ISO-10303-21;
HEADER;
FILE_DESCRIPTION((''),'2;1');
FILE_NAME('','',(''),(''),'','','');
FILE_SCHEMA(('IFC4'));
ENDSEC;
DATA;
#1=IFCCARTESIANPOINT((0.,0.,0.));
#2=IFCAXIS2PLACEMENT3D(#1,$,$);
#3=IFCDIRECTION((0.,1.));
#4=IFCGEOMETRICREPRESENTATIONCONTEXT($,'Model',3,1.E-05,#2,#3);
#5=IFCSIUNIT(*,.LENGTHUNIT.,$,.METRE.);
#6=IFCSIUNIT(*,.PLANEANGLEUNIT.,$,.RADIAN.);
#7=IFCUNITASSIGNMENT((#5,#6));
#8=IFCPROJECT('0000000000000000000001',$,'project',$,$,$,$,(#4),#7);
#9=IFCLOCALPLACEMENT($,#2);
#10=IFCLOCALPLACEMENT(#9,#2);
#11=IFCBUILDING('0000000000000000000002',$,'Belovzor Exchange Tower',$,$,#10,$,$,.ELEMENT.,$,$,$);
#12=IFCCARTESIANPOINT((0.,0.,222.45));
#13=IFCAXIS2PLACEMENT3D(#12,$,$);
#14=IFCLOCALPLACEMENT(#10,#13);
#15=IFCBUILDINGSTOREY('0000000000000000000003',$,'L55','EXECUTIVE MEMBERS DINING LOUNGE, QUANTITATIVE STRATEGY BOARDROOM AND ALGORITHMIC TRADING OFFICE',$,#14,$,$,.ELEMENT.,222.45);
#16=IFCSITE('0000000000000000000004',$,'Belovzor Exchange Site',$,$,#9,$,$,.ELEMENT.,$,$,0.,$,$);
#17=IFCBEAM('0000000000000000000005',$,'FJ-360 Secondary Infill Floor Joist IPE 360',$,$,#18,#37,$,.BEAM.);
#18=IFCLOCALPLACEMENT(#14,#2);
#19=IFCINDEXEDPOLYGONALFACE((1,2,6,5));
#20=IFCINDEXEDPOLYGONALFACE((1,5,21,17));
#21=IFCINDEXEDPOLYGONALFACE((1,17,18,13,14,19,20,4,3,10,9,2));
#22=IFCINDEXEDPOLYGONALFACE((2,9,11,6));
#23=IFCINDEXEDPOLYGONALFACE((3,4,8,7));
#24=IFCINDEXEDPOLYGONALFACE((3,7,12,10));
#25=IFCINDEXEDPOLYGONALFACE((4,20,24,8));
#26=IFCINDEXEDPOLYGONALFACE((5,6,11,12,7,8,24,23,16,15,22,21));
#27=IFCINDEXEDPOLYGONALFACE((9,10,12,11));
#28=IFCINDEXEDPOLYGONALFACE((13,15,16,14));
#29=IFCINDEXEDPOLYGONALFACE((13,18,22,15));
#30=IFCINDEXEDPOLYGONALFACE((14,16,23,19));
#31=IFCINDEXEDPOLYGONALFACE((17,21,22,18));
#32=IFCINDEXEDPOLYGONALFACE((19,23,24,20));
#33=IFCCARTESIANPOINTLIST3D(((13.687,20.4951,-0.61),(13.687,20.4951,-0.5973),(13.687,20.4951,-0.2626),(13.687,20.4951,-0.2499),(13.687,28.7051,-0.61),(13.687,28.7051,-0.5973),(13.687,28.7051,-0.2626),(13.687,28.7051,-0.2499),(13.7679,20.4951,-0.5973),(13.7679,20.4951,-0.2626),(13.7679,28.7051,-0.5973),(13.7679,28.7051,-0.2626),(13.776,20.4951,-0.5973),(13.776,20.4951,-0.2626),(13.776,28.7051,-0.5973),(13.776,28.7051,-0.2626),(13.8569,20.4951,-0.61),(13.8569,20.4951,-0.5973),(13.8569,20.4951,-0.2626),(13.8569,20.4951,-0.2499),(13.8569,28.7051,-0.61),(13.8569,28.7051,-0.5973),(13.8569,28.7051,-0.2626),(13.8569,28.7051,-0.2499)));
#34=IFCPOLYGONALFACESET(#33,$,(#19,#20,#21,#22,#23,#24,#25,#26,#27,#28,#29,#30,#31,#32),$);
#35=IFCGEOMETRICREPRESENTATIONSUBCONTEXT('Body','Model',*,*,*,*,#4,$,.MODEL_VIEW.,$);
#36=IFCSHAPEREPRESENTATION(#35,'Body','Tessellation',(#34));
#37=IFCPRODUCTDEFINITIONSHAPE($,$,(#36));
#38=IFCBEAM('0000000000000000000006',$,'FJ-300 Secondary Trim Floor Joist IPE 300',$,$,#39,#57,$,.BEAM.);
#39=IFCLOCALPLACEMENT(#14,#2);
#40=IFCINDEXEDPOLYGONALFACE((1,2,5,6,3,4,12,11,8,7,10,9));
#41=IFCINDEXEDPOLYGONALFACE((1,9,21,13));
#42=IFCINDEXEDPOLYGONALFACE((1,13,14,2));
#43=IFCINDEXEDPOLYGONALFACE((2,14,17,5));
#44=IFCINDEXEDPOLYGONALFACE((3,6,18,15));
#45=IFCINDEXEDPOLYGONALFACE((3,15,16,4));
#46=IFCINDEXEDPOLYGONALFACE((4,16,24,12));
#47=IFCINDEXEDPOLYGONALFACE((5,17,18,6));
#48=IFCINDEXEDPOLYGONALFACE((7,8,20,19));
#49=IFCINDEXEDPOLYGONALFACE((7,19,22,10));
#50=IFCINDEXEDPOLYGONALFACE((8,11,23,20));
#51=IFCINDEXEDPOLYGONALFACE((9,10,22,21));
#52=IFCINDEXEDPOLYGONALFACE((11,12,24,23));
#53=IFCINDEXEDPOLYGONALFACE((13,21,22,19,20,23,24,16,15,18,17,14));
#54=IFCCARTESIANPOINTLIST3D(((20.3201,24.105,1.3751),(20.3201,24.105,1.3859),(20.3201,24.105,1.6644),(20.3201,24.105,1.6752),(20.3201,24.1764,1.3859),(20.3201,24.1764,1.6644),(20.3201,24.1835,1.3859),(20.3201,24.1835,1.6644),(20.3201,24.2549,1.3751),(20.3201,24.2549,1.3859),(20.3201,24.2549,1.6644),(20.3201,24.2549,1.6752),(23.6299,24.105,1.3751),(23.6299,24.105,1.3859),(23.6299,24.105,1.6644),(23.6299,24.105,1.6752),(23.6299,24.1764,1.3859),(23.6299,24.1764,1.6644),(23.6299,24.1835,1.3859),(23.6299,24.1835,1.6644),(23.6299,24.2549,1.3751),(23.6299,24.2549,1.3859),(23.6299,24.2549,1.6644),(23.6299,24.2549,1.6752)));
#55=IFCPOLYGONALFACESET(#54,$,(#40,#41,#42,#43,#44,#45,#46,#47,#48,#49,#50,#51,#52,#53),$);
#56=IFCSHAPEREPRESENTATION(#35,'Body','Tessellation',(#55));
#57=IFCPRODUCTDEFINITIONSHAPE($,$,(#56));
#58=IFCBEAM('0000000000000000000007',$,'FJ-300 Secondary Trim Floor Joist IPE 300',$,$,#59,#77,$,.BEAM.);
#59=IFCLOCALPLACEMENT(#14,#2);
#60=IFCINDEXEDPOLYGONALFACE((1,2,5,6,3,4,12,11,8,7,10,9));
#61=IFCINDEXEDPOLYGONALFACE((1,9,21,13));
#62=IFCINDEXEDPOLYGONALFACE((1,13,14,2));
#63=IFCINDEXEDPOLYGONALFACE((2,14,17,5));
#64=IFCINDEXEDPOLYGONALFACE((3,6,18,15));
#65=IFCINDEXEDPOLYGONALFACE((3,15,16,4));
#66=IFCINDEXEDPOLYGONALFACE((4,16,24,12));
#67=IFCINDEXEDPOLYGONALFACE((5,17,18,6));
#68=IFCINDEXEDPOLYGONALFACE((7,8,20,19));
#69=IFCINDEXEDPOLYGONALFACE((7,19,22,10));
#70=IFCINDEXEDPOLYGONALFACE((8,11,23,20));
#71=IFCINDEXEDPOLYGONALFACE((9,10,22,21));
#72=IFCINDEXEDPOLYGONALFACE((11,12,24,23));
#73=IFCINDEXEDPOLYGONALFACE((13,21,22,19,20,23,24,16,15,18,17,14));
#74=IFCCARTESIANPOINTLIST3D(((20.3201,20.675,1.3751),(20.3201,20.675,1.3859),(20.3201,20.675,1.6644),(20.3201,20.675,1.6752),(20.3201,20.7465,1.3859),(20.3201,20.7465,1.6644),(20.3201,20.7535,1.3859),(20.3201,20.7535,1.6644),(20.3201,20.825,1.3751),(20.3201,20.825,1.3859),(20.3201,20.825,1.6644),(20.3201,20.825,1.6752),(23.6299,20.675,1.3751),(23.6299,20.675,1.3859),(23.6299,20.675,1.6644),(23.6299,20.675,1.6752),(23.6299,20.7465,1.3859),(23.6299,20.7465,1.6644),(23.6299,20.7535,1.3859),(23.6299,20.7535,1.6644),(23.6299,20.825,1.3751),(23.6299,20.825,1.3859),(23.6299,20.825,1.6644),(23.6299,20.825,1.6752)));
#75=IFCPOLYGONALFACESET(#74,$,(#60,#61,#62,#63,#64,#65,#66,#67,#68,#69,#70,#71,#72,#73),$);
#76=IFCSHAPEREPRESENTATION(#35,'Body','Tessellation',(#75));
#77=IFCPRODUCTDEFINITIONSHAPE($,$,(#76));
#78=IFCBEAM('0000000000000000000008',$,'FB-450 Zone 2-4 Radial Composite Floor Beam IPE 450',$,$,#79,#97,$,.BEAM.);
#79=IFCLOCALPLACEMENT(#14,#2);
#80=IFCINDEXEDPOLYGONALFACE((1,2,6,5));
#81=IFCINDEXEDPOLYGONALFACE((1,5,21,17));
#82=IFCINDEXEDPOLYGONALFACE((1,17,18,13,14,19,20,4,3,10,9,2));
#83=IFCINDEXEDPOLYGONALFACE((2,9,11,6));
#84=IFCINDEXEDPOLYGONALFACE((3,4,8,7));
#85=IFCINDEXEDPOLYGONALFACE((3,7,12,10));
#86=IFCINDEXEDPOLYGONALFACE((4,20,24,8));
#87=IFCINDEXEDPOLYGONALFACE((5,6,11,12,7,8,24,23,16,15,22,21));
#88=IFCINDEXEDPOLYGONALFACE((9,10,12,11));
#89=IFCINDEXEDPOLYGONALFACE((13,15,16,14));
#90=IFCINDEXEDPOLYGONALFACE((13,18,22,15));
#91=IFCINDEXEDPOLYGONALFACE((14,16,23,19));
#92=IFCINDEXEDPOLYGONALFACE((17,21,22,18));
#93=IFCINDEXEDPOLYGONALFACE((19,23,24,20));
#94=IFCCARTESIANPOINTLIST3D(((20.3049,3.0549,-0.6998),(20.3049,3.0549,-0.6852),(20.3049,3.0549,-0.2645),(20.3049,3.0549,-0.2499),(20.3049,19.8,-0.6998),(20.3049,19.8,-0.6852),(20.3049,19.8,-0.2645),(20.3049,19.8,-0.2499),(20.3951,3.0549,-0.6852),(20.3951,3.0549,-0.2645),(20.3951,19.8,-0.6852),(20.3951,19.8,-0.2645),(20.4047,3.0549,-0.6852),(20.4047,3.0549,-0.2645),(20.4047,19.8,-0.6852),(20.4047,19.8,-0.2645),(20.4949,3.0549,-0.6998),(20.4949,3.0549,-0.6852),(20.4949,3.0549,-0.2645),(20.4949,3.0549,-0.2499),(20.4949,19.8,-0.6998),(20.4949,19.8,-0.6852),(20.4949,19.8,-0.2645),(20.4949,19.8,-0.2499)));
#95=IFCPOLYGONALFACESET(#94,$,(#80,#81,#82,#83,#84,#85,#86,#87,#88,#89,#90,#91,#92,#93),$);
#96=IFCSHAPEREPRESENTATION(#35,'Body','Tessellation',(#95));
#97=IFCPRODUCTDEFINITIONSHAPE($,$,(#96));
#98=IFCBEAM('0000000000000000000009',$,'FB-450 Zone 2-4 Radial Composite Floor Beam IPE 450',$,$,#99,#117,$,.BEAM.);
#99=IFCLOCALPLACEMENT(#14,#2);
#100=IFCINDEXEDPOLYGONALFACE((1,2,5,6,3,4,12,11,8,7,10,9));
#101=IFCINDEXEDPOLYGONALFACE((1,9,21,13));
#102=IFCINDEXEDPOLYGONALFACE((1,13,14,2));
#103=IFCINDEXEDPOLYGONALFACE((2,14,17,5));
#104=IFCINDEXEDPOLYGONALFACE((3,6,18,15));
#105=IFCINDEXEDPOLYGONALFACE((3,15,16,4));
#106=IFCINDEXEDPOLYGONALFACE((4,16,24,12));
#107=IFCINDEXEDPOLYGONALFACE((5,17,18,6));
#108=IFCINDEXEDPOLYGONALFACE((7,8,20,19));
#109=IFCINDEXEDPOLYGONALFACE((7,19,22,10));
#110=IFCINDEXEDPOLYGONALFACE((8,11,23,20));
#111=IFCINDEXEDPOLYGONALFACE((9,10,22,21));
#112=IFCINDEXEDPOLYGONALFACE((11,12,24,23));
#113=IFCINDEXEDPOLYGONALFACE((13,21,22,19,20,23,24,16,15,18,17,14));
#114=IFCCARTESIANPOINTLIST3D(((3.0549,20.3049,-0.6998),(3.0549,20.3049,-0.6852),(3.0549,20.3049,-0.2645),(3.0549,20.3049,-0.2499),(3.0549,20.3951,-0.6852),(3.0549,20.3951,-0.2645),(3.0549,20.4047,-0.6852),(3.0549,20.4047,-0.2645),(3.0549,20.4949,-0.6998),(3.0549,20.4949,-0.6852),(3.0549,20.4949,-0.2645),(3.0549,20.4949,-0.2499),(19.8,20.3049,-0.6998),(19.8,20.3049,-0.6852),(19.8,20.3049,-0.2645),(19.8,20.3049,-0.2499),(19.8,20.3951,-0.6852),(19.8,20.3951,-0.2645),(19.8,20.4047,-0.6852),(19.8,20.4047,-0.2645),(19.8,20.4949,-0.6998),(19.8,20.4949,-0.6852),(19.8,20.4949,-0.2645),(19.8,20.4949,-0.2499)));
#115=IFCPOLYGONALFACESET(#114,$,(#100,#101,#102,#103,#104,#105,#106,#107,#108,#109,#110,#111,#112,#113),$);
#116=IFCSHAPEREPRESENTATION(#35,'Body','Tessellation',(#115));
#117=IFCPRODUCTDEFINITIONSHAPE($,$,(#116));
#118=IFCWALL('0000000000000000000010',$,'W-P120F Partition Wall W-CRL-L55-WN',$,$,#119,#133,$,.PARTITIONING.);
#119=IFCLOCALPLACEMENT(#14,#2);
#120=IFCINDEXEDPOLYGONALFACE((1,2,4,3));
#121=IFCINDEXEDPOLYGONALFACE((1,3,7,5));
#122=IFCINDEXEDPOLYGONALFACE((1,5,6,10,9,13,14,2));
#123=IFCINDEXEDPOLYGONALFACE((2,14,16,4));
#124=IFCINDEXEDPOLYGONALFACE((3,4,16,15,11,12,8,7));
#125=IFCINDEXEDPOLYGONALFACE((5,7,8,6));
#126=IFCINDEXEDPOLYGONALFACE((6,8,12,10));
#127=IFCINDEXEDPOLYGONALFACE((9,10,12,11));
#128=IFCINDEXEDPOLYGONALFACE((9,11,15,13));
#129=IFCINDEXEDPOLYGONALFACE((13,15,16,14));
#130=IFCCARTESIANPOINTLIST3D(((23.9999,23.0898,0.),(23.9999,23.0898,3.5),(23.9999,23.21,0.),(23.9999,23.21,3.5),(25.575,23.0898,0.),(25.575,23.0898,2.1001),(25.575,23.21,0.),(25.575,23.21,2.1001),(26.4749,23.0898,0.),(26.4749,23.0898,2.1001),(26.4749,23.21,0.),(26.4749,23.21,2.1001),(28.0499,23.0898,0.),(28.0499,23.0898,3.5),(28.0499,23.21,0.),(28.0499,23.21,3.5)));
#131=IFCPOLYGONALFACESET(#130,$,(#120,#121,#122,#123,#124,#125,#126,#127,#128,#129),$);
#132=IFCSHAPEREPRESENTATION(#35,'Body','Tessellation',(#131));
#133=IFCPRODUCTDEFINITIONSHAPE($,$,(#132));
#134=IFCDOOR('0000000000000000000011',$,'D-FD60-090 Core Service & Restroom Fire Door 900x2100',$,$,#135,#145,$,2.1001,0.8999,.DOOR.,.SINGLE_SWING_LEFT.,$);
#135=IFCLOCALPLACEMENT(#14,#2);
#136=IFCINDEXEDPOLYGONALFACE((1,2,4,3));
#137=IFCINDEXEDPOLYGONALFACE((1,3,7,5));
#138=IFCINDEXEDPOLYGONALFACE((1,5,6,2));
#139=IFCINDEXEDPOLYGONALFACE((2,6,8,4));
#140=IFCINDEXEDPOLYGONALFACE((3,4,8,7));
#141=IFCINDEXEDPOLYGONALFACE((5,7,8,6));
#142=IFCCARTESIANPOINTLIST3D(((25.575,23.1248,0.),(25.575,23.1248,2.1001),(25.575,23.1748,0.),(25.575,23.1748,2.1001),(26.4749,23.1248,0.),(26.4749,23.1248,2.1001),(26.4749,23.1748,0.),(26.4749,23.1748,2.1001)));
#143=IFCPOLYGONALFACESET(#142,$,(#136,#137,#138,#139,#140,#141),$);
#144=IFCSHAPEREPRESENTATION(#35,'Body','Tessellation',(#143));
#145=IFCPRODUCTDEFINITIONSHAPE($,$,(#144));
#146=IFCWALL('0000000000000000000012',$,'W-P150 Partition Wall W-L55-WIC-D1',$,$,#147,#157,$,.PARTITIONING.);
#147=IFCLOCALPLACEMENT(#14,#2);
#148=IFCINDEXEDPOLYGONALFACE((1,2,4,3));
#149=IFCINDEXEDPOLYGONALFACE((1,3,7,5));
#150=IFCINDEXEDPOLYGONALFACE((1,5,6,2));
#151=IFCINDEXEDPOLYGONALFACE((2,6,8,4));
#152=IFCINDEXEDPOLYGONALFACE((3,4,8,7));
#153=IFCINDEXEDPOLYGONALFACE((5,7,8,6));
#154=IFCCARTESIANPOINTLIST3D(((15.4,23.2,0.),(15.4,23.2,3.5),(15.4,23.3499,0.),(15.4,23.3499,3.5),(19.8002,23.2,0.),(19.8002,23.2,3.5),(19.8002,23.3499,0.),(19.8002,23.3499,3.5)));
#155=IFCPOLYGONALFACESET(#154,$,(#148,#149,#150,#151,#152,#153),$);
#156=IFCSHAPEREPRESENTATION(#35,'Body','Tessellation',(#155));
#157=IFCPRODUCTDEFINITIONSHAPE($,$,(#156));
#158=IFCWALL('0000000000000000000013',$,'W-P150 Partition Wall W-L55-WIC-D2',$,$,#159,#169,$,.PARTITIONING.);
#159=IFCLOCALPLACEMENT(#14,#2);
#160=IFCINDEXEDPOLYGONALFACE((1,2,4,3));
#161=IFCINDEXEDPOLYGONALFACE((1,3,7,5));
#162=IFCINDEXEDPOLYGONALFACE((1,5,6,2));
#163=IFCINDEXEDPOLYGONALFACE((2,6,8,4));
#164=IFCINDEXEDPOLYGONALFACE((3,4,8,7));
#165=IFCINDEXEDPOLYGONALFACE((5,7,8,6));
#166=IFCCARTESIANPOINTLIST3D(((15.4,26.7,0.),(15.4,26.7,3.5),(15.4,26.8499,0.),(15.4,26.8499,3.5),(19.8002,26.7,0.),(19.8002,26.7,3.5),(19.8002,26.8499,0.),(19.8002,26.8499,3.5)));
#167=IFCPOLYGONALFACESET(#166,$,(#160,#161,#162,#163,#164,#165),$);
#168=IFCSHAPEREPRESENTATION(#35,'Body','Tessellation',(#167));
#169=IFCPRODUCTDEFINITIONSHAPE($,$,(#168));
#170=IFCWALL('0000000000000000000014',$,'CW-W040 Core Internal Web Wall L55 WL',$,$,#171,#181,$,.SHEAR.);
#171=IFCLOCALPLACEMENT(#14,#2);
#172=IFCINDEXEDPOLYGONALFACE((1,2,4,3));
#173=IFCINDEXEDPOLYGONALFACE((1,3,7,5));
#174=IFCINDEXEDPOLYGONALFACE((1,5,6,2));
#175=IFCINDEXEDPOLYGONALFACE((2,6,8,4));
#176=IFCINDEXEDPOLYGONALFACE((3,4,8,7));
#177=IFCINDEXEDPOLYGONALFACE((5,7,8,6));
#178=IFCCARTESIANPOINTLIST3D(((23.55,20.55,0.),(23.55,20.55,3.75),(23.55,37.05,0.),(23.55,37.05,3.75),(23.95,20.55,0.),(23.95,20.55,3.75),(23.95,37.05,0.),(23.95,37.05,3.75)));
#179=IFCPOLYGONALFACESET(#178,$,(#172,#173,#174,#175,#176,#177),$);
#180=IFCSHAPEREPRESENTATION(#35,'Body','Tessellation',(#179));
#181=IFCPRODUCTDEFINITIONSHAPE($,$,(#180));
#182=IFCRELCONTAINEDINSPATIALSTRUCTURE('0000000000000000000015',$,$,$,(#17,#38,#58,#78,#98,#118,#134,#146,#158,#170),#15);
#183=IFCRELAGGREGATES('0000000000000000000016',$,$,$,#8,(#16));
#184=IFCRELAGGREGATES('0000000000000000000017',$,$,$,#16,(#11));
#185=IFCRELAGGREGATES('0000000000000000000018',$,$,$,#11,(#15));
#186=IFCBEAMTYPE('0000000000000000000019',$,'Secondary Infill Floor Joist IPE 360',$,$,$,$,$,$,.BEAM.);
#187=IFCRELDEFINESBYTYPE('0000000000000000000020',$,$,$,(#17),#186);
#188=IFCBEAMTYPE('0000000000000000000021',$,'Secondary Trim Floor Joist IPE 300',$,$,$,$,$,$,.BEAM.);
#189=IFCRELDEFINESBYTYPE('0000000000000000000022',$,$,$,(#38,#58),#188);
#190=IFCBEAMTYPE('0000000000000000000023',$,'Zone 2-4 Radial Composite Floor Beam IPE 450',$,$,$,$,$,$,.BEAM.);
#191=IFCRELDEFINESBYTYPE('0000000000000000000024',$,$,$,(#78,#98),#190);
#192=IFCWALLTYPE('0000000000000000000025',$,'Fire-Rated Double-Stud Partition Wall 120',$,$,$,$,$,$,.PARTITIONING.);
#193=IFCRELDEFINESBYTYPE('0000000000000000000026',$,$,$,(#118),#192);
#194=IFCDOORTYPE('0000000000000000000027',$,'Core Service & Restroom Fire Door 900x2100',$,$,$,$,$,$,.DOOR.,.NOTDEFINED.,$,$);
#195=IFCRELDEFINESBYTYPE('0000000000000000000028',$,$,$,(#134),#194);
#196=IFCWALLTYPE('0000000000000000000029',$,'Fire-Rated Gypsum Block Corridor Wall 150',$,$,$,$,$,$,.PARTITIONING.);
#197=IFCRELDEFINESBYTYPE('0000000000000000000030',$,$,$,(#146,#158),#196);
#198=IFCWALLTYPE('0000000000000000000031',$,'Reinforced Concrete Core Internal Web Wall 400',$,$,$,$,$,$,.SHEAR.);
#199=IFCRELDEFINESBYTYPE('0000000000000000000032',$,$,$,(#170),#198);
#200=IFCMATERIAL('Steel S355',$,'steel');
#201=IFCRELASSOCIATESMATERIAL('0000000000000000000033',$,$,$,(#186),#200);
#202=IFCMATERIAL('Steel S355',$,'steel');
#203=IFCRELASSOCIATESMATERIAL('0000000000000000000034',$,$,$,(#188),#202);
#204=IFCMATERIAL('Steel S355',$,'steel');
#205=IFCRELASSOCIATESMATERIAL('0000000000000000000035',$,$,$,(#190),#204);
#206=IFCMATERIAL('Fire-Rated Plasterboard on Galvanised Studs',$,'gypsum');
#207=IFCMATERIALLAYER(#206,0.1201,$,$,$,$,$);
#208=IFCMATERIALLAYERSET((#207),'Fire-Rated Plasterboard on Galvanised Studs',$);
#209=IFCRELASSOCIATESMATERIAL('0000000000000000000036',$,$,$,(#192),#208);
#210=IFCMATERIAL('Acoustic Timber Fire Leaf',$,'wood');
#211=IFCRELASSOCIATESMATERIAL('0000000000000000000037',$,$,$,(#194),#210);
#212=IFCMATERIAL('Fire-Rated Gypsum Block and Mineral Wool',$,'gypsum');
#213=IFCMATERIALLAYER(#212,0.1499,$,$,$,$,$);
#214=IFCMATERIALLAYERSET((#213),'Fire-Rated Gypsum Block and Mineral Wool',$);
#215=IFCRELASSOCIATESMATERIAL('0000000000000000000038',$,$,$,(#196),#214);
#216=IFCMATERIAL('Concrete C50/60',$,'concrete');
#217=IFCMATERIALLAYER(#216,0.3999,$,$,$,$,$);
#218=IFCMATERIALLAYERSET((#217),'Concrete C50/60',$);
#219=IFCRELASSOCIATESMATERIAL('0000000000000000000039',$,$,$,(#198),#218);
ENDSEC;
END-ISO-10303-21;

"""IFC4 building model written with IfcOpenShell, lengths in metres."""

from ifc_helpers import new_model, si_unit, direction, frame, frame_2d, origin, origin_2d, place, context, subcontext, project, spatial, rectangle, i_section, extrude, material, layer, layer_set, material_profile, profile_set, type_object, element, fill, save


model = new_model("IFC4")

# Units and contexts
model_context = context("Model", 3, precision=1e-05, world=origin(), true_north=direction((0.0, 1.0)))
body_context = subcontext(model_context, "Body", "Model", "MODEL_VIEW")
ifc_project = project(units=[si_unit("LENGTHUNIT", "METRE"), si_unit("PLANEANGLEUNIT", "RADIAN")], contexts=[model_context])

# Site, building, storey
site_placement = place(None, origin())
site = spatial("IfcSite", under=ifc_project, at=site_placement, Name="Belovzor Exchange Site", CompositionType="ELEMENT", RefElevation=0.0)
building_placement = place(site_placement, origin())
building = spatial("IfcBuilding", under=site, at=building_placement, Name="Belovzor Exchange Tower", CompositionType="ELEMENT")
storey_placement = place(building_placement, frame((0.0, 0.0, 222.45)))
storey = spatial("IfcBuildingStorey", under=building, at=storey_placement, Name="L55", Description="EXECUTIVE MEMBERS DINING LOUNGE, QUANTITATIVE STRATEGY BOARDROOM AND ALGORITHMIC TRADING OFFICE", CompositionType="ELEMENT", Elevation=222.45)

# Beams
ifc_material_1 = material(Name="Steel S355", Category="steel")
ifc_material_profile_1 = material_profile(ifc_material_1, i_section(OverallWidth=0.1699, OverallDepth=0.3601, WebThickness=0.0081, FlangeThickness=0.0127, at=origin_2d()))
ifc_profile_set_1 = profile_set([ifc_material_profile_1], Name="Steel S355")
beam_type_1 = type_object("IfcBeamType", Name="Secondary Infill Floor Joist IPE 360", PredefinedType="BEAM", material=ifc_profile_set_1)
beam_placement = place(storey_placement, frame((13.772, 20.4951, -0.4299), z_axis=(0.0, 1.0, 0.0), x_axis=(-1.0, 0.0, 0.0)))
element("IfcBeam", 1, at=beam_placement, inside=storey, type_object=beam_type_1, Name="FJ-360 Secondary Infill Floor Joist IPE 360", PredefinedType="BEAM", context=body_context, shape_type="SweptSolid", body=[
    extrude(i_section(OverallWidth=0.1699, OverallDepth=0.3601, WebThickness=0.0081, FlangeThickness=0.0127, at=origin_2d()), origin(), (0.0, 0.0, 1.0), 8.21),
])
ifc_material_2 = material(Name="Steel S355", Category="steel")
ifc_material_profile_2 = material_profile(ifc_material_2, i_section(OverallWidth=0.1499, OverallDepth=0.3, WebThickness=0.0071, FlangeThickness=0.0107, at=origin_2d()))
ifc_profile_set_2 = profile_set([ifc_material_profile_2], Name="Steel S355")
beam_type_2 = type_object("IfcBeamType", Name="Secondary Trim Floor Joist IPE 300", PredefinedType="BEAM", material=ifc_profile_set_2)
for number, where, z_axis, x_axis, name in (
    (2, (20.3201, 24.1799, 1.5251), (1.0, 0.0, 0.0), (0.0, 1.0, 0.0), "FJ-300 Secondary Trim Floor Joist IPE 300"),
    (3, (20.3201, 20.75, 1.5251), (1.0, 0.0, 0.0), (0.0, 1.0, 0.0), "FJ-300 Secondary Trim Floor Joist IPE 300"),
):
    element("IfcBeam", number, at=place(storey_placement, frame(where, z_axis=z_axis, x_axis=x_axis)), inside=storey, type_object=beam_type_2, Name=name, PredefinedType="BEAM", context=body_context, shape_type="SweptSolid", body=[
        extrude(i_section(OverallWidth=0.1499, OverallDepth=0.3, WebThickness=0.0071, FlangeThickness=0.0107, at=origin_2d()), origin(), (0.0, 0.0, 1.0), 3.3098),
    ])
ifc_material_3 = material(Name="Steel S355", Category="steel")
ifc_material_profile_3 = material_profile(ifc_material_3, i_section(OverallWidth=0.1899, OverallDepth=0.45, WebThickness=0.0095, FlangeThickness=0.0146, at=origin_2d()))
ifc_profile_set_3 = profile_set([ifc_material_profile_3], Name="Steel S355")
beam_type_3 = type_object("IfcBeamType", Name="Zone 2-4 Radial Composite Floor Beam IPE 450", PredefinedType="BEAM", material=ifc_profile_set_3)
for number, where, z_axis, x_axis, name in (
    (4, (20.3999, 19.8, -0.4749), (0.0, -1.0, 0.0), (1.0, 0.0, 0.0), "FB-450 Zone 2-4 Radial Composite Floor Beam IPE 450"),
    (5, (19.8, 20.3999, -0.4749), (-1.0, 0.0, 0.0), (0.0, -1.0, 0.0), "FB-450 Zone 2-4 Radial Composite Floor Beam IPE 450"),
):
    element("IfcBeam", number, at=place(storey_placement, frame(where, z_axis=z_axis, x_axis=x_axis)), inside=storey, type_object=beam_type_3, Name=name, PredefinedType="BEAM", context=body_context, shape_type="SweptSolid", body=[
        extrude(i_section(OverallWidth=0.1899, OverallDepth=0.45, WebThickness=0.0095, FlangeThickness=0.0146, at=origin_2d()), origin(), (0.0, 0.0, 1.0), 16.7451),
    ])

# Wall, opening, door
ifc_material_4 = material(Name="Fire-Rated Plasterboard on Galvanised Studs", Category="gypsum")
ifc_layer_1 = layer(ifc_material_4, 0.1201)
ifc_layer_set_1 = layer_set([ifc_layer_1], Name="Fire-Rated Plasterboard on Galvanised Studs")
wall_type_1 = type_object("IfcWallType", Name="Fire-Rated Double-Stud Partition Wall 120", PredefinedType="PARTITIONING", material=ifc_layer_set_1)
wall_1_placement = place(storey_placement, frame((24.0, 23.1499, 0.0), z_axis=(0.0, 0.0, 1.0), x_axis=(1.0, 0.0, 0.0)))
wall_1 = element("IfcWall", 6, at=wall_1_placement, inside=storey, type_object=wall_type_1, Name="W-P120F Partition Wall W-CRL-L55-WN", PredefinedType="PARTITIONING", context=body_context, shape_type="SweptSolid", body=[
    extrude(rectangle(XDim=4.05, YDim=0.1201, at=frame_2d((2.0249, 0.0))), origin(), (0.0, 0.0, 1.0), 3.5),
])
opening_1_placement = place(wall_1_placement, frame((1.575, 0.0, 0.0)))
opening_1 = element("IfcOpeningElement", 7, at=opening_1_placement, cuts=wall_1, PredefinedType="OPENING", context=body_context, shape_type="SweptSolid", body=[
    extrude(rectangle(XDim=0.8999, YDim=2.1001, at=frame_2d((0.45, 1.05))), frame((0.0, 0.0701, 0.0), z_axis=(0.0, -1.0, 0.0), x_axis=(1.0, 0.0, 0.0)), (0.0, 0.0, 1.0), 0.1401),
])
ifc_material_5 = material(Name="Acoustic Timber Fire Leaf", Category="wood")
door_type_1 = type_object("IfcDoorType", Name="Core Service & Restroom Fire Door 900x2100", OperationType="NOTDEFINED", PredefinedType="DOOR", material=ifc_material_5)
door_1_placement = place(opening_1_placement, origin())
door_1 = element("IfcDoor", 8, at=door_1_placement, inside=storey, type_object=door_type_1, Name="D-FD60-090 Core Service & Restroom Fire Door 900x2100", OperationType="SINGLE_SWING_LEFT", OverallHeight=2.1001, OverallWidth=0.8999, PredefinedType="DOOR", context=body_context, shape_type="SweptSolid", body=[
    extrude(rectangle(XDim=0.8999, YDim=2.1001, at=frame_2d((0.45, 1.05))), frame((0.0, 0.0249, 0.0), z_axis=(0.0, -1.0, 0.0), x_axis=(1.0, 0.0, 0.0)), (0.0, 0.0, 1.0), 0.05),
])
fill(opening_1, door_1)

# Walls
ifc_material_6 = material(Name="Fire-Rated Gypsum Block and Mineral Wool", Category="gypsum")
ifc_layer_2 = layer(ifc_material_6, 0.1499)
ifc_layer_set_2 = layer_set([ifc_layer_2], Name="Fire-Rated Gypsum Block and Mineral Wool")
wall_type_2 = type_object("IfcWallType", Name="Fire-Rated Gypsum Block Corridor Wall 150", PredefinedType="PARTITIONING", material=ifc_layer_set_2)
for number, where, z_axis, x_axis, name in (
    (9, (15.3999, 23.2749, 0.0), (0.0, 0.0, 1.0), (1.0, 0.0, 0.0), "W-P150 Partition Wall W-L55-WIC-D1"),
    (10, (15.3999, 26.7749, 0.0), (0.0, 0.0, 1.0), (1.0, 0.0, 0.0), "W-P150 Partition Wall W-L55-WIC-D2"),
):
    element("IfcWall", number, at=place(storey_placement, frame(where, z_axis=z_axis, x_axis=x_axis)), inside=storey, type_object=wall_type_2, Name=name, PredefinedType="PARTITIONING", context=body_context, shape_type="SweptSolid", body=[
        extrude(rectangle(XDim=4.4001, YDim=0.1499, at=frame_2d((2.2002, 0.0))), origin(), (0.0, 0.0, 1.0), 3.5),
    ])
ifc_material_7 = material(Name="Concrete C50/60", Category="concrete")
ifc_layer_3 = layer(ifc_material_7, 0.3999)
ifc_layer_set_3 = layer_set([ifc_layer_3], Name="Concrete C50/60")
wall_type_3 = type_object("IfcWallType", Name="Reinforced Concrete Core Internal Web Wall 400", PredefinedType="SHEAR", material=ifc_layer_set_3)
wall_2_placement = place(storey_placement, frame((23.75, 20.55, 0.0), z_axis=(0.0, 0.0, 1.0), x_axis=(0.0, 1.0, 0.0)))
element("IfcWall", 11, at=wall_2_placement, inside=storey, type_object=wall_type_3, Name="CW-W040 Core Internal Web Wall L55 WL", PredefinedType="SHEAR", context=body_context, shape_type="SweptSolid", body=[
    extrude(rectangle(XDim=16.5, YDim=0.3999, at=frame_2d((8.25, 0.0))), origin(), (0.0, 0.0, 1.0), 3.75),
])

save(model, "model.ifc")
